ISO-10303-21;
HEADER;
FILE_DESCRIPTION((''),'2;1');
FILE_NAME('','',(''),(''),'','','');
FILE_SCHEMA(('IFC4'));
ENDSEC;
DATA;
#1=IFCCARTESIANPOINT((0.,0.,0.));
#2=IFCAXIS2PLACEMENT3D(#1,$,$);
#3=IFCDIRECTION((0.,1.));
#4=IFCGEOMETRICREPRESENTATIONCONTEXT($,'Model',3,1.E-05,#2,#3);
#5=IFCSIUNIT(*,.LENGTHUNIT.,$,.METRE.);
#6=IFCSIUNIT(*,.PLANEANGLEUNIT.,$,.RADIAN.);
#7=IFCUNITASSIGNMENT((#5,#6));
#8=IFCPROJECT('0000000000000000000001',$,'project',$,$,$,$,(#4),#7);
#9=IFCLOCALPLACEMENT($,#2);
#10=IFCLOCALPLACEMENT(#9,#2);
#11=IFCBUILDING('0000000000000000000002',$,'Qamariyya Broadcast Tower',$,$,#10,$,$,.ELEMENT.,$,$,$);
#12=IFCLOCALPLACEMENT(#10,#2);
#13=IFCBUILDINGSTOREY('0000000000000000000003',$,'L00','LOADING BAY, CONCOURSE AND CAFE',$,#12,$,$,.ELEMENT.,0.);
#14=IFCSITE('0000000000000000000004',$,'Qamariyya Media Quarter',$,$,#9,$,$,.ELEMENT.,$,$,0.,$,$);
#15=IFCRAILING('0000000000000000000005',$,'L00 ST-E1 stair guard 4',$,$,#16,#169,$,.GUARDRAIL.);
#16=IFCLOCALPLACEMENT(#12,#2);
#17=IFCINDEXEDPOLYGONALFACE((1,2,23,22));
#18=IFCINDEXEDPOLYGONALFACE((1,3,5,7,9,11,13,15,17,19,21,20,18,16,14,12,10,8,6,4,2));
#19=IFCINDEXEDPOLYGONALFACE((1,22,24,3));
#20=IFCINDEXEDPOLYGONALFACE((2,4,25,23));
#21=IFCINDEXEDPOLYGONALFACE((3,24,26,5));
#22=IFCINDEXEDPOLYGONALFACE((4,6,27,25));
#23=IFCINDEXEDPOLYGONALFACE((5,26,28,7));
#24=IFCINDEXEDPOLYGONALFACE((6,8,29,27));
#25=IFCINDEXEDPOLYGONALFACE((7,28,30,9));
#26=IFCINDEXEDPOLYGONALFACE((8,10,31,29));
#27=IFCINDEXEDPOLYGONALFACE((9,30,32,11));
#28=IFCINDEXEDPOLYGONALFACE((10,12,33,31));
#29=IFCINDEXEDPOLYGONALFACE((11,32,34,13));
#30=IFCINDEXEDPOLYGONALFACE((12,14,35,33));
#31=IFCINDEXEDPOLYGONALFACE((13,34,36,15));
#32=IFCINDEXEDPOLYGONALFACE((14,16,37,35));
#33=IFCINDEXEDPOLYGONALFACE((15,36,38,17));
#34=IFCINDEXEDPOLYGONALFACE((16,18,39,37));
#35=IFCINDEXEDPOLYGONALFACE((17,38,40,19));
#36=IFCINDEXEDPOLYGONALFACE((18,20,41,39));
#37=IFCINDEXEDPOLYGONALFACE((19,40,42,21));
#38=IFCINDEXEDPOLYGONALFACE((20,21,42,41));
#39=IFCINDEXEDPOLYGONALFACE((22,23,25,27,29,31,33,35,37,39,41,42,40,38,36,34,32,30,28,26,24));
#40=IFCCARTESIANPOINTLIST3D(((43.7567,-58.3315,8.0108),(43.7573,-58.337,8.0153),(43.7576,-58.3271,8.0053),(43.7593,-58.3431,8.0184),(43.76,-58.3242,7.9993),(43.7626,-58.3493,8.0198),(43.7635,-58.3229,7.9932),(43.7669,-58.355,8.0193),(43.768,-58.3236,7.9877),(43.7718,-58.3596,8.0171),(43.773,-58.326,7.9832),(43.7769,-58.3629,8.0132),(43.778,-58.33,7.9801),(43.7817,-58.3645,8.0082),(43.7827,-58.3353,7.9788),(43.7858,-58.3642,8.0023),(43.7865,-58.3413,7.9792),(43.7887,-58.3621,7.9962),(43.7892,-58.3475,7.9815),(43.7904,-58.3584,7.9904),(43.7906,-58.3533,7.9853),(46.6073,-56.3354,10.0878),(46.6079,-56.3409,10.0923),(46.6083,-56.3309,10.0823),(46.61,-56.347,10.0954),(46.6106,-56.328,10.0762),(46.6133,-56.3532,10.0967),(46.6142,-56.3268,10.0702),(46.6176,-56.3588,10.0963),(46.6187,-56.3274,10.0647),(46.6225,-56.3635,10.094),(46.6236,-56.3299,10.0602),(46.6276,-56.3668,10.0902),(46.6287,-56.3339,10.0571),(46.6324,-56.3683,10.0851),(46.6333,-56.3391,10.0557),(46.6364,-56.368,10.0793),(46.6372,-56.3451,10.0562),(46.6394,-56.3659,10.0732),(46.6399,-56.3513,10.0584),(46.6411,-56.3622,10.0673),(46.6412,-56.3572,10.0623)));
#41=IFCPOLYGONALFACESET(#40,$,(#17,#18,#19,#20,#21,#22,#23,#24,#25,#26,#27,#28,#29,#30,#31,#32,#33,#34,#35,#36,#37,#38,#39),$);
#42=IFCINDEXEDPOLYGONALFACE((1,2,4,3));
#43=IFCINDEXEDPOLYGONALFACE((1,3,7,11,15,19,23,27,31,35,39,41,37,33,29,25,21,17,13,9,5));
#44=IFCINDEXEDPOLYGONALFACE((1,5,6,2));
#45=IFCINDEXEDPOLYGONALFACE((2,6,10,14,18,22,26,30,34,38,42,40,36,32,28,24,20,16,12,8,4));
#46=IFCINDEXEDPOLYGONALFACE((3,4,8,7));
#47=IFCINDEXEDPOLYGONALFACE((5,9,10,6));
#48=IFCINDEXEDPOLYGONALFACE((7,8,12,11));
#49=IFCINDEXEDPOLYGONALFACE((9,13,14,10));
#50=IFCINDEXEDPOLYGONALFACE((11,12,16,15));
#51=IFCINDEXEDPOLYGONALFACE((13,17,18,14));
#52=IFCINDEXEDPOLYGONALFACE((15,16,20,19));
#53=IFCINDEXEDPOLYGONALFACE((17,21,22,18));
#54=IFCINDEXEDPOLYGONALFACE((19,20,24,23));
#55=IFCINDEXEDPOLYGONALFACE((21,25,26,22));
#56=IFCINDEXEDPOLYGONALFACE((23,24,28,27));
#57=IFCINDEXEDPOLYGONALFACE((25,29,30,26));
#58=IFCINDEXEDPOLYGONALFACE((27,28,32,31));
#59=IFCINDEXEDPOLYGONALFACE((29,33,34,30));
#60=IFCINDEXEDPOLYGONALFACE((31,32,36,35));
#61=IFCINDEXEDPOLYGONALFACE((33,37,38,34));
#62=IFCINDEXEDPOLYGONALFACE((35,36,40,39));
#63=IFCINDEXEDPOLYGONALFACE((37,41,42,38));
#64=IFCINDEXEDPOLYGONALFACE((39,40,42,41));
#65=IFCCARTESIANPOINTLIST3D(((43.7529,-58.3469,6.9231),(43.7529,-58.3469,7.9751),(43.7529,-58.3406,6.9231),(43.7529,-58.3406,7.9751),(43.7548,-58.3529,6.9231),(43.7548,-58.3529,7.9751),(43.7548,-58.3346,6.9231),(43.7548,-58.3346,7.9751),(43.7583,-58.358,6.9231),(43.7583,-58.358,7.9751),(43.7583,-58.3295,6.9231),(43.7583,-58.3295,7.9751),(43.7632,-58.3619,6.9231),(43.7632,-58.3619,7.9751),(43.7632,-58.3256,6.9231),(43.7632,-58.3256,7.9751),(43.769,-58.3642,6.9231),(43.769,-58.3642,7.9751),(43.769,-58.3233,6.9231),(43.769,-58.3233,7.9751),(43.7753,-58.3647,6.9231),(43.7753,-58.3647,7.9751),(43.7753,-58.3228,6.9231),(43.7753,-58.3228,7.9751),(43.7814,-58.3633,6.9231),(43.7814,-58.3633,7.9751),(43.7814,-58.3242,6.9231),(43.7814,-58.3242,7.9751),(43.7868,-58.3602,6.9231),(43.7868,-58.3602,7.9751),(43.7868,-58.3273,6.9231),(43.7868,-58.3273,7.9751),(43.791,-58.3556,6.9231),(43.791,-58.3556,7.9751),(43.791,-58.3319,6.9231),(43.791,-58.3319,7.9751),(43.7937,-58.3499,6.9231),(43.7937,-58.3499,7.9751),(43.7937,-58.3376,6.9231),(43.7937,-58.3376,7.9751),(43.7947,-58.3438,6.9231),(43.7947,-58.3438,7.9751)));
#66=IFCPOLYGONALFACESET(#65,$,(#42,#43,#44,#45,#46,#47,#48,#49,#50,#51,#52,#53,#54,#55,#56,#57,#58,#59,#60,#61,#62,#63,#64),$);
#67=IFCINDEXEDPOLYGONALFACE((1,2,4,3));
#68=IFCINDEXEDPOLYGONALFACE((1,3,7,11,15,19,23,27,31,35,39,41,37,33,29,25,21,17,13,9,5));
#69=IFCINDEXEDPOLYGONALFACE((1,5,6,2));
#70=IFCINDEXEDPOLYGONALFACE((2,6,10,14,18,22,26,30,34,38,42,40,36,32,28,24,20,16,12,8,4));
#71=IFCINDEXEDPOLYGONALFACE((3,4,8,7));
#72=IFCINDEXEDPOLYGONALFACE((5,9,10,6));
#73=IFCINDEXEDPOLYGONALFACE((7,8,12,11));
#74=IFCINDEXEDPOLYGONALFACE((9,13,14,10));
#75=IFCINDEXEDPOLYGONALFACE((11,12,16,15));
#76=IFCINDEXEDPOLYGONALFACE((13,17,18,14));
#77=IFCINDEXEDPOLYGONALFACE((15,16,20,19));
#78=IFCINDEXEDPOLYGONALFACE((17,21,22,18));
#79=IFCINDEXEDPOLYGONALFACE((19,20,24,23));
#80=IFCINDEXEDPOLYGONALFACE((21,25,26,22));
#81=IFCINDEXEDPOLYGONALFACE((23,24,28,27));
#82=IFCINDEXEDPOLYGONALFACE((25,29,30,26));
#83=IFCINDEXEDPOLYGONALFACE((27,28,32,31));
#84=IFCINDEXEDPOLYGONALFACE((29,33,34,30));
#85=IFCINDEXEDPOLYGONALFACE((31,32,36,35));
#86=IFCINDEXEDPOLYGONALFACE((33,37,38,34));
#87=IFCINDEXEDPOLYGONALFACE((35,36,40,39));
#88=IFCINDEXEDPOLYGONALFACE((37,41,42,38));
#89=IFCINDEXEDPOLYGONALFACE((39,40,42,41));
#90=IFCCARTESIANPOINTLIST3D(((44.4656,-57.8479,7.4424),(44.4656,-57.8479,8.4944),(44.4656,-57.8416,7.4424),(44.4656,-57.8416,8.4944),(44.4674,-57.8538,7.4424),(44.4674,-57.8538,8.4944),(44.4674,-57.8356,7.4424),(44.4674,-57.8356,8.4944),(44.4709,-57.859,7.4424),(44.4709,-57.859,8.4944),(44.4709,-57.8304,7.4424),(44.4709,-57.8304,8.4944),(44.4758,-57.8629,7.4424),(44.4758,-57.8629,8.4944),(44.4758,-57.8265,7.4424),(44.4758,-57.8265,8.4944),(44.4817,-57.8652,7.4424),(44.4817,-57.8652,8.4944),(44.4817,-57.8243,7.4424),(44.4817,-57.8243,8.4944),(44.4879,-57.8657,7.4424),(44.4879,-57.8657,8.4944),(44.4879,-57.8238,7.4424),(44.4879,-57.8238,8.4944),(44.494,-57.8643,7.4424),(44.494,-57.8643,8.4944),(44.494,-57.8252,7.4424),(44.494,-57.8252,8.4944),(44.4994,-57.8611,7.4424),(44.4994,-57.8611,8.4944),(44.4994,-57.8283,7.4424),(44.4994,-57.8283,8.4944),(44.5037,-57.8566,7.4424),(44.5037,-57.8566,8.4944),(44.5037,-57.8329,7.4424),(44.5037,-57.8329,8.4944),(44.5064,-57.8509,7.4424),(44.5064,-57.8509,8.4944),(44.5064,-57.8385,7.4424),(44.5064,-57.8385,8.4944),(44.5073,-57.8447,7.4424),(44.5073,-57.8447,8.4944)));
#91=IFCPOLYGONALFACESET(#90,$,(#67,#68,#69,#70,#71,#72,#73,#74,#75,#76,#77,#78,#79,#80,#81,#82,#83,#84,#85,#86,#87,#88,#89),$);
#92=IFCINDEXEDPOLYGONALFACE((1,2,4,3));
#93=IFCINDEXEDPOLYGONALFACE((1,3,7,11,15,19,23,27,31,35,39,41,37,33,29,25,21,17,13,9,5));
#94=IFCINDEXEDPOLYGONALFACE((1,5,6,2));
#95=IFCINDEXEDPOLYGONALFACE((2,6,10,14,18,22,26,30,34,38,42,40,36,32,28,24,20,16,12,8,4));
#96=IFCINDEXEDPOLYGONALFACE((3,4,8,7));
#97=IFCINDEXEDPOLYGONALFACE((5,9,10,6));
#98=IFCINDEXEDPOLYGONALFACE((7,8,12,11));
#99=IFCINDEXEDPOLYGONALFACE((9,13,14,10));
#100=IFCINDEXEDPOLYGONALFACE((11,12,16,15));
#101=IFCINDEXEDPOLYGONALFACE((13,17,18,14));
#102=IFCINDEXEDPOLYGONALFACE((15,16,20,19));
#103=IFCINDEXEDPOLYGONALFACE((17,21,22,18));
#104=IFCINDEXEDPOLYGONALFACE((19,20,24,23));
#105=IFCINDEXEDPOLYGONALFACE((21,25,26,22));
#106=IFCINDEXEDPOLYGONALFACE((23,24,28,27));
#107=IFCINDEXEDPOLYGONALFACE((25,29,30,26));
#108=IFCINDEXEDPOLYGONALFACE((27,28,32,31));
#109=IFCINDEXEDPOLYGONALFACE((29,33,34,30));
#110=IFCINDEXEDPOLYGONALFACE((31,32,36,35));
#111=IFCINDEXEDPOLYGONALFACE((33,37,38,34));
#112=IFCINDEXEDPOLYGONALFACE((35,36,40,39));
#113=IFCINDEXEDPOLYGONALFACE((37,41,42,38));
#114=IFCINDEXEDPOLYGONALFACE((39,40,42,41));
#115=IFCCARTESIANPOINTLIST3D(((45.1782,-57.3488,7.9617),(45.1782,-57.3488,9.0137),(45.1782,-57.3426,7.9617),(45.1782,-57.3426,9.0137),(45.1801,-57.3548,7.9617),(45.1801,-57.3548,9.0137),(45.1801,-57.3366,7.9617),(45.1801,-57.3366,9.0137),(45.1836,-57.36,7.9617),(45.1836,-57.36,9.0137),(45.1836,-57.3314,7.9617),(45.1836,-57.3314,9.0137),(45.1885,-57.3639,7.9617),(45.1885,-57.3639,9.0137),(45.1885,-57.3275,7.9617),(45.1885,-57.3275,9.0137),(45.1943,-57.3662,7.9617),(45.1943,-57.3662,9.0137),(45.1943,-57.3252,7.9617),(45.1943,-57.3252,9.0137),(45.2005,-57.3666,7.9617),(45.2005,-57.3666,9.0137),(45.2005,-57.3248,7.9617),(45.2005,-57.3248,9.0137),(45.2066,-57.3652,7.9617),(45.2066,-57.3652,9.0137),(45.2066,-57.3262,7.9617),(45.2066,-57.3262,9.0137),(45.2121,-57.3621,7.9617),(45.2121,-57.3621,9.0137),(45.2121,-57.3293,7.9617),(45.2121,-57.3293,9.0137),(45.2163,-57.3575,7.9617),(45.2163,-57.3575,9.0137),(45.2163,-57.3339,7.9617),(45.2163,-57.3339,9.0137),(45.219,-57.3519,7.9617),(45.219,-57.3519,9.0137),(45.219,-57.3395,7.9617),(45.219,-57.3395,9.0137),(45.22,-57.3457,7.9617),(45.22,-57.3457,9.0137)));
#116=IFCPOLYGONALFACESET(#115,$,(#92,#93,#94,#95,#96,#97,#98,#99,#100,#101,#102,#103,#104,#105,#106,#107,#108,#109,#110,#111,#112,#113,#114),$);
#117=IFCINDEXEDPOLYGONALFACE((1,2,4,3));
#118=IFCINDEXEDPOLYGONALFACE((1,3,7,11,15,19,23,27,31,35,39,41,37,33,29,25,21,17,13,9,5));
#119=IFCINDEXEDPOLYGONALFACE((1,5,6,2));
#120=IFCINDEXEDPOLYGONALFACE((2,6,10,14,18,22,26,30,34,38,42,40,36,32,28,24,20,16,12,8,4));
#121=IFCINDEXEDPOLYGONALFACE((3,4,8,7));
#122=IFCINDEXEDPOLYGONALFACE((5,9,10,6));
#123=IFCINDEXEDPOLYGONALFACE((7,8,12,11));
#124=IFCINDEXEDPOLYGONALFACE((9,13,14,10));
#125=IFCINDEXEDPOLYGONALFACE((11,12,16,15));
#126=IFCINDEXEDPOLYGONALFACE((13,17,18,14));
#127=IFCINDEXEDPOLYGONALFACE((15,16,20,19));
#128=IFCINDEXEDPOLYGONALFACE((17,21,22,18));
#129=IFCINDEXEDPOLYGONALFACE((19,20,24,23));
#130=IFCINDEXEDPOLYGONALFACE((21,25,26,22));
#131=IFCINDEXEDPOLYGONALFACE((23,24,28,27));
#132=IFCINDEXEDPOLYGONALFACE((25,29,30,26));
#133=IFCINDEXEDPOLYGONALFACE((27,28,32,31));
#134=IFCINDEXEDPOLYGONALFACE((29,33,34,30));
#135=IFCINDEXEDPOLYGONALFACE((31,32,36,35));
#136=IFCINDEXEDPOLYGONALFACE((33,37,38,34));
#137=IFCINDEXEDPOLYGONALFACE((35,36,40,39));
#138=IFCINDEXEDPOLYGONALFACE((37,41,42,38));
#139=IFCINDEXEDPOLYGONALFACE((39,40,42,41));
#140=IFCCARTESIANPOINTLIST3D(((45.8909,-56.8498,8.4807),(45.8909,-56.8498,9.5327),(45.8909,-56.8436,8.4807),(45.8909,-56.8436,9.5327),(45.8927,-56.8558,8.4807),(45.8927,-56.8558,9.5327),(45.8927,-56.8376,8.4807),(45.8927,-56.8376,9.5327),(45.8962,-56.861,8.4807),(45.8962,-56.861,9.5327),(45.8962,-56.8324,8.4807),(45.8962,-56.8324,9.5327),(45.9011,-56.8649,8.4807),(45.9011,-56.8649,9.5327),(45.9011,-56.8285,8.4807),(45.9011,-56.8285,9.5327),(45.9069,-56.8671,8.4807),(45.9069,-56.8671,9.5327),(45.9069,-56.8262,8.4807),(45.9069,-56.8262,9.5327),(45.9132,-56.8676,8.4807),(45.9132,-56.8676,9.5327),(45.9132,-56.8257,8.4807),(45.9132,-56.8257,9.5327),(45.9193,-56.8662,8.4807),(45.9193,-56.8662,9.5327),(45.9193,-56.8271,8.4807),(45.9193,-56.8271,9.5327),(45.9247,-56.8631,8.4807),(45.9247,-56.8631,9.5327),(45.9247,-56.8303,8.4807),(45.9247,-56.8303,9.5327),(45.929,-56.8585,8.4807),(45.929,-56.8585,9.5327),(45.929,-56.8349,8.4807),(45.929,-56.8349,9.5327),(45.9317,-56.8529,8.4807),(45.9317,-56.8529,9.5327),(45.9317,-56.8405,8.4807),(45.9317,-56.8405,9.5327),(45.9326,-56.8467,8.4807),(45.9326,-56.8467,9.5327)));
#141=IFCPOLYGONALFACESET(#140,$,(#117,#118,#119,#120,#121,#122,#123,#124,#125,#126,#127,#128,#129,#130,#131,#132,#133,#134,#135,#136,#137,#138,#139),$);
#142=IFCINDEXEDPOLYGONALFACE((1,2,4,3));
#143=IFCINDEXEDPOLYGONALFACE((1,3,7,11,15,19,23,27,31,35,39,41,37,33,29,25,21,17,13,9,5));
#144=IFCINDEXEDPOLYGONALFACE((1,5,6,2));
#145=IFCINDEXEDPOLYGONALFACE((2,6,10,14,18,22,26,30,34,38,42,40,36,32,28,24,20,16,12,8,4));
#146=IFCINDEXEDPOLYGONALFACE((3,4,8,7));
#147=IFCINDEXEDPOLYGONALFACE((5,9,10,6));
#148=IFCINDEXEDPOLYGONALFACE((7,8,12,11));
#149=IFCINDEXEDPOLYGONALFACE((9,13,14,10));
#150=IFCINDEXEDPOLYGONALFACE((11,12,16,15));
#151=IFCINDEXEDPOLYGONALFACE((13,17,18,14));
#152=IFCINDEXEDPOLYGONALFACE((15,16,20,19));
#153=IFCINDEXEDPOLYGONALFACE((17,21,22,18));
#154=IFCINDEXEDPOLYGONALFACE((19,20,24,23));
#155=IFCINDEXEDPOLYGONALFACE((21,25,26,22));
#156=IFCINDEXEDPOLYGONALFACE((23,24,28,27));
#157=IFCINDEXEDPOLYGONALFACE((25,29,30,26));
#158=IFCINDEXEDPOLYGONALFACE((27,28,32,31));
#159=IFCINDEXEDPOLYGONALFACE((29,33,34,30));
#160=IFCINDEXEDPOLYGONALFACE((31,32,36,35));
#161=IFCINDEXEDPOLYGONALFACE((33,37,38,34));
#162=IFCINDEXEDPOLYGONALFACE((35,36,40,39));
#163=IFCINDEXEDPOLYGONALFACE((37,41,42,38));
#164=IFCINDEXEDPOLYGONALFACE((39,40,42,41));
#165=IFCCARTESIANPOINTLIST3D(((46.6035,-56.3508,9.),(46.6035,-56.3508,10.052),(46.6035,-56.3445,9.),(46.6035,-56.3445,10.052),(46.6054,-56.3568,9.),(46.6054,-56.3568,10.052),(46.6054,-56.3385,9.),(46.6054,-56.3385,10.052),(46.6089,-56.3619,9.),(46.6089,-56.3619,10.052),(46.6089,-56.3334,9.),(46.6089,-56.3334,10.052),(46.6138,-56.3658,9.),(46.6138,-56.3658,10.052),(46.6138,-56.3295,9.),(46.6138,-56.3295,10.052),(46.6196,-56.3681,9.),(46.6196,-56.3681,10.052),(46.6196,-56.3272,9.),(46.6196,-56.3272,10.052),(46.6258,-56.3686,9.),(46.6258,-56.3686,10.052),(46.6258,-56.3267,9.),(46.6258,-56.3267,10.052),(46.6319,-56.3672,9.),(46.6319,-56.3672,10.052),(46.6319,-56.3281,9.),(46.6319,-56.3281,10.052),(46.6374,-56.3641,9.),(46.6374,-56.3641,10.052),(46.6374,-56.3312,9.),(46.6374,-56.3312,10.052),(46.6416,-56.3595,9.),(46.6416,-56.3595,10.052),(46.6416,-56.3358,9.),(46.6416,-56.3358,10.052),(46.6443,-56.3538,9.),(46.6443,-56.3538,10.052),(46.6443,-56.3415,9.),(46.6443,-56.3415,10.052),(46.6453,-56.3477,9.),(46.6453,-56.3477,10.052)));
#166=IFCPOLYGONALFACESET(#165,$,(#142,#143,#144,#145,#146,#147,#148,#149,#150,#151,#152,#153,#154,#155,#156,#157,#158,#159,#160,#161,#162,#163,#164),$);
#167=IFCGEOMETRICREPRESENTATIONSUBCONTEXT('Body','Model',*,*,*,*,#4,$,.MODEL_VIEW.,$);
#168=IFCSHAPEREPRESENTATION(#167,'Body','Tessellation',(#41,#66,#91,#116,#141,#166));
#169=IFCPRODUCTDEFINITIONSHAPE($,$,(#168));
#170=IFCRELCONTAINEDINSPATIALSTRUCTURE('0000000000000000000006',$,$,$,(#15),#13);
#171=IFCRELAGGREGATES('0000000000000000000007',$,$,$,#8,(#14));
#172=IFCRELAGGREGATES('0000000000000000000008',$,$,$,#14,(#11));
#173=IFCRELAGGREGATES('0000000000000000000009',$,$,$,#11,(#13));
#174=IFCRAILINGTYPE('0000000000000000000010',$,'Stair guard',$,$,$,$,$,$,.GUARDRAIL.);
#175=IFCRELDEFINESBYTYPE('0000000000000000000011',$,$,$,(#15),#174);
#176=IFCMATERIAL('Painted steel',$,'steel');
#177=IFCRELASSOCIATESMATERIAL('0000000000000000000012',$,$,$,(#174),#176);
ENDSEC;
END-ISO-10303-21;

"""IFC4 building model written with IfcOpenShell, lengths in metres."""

from ifc_helpers import new_model, si_unit, direction, frame, origin, origin_2d, place, context, subcontext, project, spatial, circle, extrude, material, type_object, element, save


model = new_model("IFC4")

# Units and contexts
model_context = context("Model", 3, precision=1e-05, world=origin(), true_north=direction((0.0, 1.0)))
body_context = subcontext(model_context, "Body", "Model", "MODEL_VIEW")
ifc_project = project(units=[si_unit("LENGTHUNIT", "METRE"), si_unit("PLANEANGLEUNIT", "RADIAN")], contexts=[model_context])

# Site, building, storey
site_placement = place(None, origin())
site = spatial("IfcSite", under=ifc_project, at=site_placement, Name="Qamariyya Media Quarter", CompositionType="ELEMENT", RefElevation=0.0)
building_placement = place(site_placement, origin())
building = spatial("IfcBuilding", under=site, at=building_placement, Name="Qamariyya Broadcast Tower", CompositionType="ELEMENT")
storey_placement = place(building_placement, origin())
storey = spatial("IfcBuildingStorey", under=building, at=storey_placement, Name="L00", Description="LOADING BAY, CONCOURSE AND CAFE", CompositionType="ELEMENT", Elevation=0.0)

# Railing
ifc_material_1 = material(Name="Painted steel", Category="steel")
railing_type_1 = type_object("IfcRailingType", Name="Stair guard", PredefinedType="GUARDRAIL", material=ifc_material_1)
railing_1_placement = place(storey_placement, frame((43.7737, -58.3438, 6.9231)))
element("IfcRailing", 1, at=railing_1_placement, inside=storey, type_object=railing_type_1, Name="L00 ST-E1 stair guard 4", PredefinedType="GUARDRAIL", context=body_context, shape_type="SweptSolid", body=[
    extrude(circle(Radius=0.0239, at=origin_2d()), frame((0.0, 0.0, 1.0762), z_axis=(0.703393, 0.492544, 0.512484), x_axis=(-0.573594, 0.81914, 0.0)), (0.0, 0.0, 1.0), 4.0527),
    extrude(circle(Radius=0.021, at=origin_2d()), origin(), (0.0, 0.0, 1.0), 1.052),
    extrude(circle(Radius=0.021, at=origin_2d()), frame((0.7126, 0.499, 0.5193)), (0.0, 0.0, 1.0), 1.052),
    extrude(circle(Radius=0.021, at=origin_2d()), frame((1.4253, 0.998, 1.0386)), (0.0, 0.0, 1.0), 1.052),
    extrude(circle(Radius=0.021, at=origin_2d()), frame((2.1379, 1.4971, 1.5576)), (0.0, 0.0, 1.0), 1.052),
    extrude(circle(Radius=0.021, at=origin_2d()), frame((2.8506, 1.9961, 2.0769)), (0.0, 0.0, 1.0), 1.052),
])

save(model, "model.ifc")
